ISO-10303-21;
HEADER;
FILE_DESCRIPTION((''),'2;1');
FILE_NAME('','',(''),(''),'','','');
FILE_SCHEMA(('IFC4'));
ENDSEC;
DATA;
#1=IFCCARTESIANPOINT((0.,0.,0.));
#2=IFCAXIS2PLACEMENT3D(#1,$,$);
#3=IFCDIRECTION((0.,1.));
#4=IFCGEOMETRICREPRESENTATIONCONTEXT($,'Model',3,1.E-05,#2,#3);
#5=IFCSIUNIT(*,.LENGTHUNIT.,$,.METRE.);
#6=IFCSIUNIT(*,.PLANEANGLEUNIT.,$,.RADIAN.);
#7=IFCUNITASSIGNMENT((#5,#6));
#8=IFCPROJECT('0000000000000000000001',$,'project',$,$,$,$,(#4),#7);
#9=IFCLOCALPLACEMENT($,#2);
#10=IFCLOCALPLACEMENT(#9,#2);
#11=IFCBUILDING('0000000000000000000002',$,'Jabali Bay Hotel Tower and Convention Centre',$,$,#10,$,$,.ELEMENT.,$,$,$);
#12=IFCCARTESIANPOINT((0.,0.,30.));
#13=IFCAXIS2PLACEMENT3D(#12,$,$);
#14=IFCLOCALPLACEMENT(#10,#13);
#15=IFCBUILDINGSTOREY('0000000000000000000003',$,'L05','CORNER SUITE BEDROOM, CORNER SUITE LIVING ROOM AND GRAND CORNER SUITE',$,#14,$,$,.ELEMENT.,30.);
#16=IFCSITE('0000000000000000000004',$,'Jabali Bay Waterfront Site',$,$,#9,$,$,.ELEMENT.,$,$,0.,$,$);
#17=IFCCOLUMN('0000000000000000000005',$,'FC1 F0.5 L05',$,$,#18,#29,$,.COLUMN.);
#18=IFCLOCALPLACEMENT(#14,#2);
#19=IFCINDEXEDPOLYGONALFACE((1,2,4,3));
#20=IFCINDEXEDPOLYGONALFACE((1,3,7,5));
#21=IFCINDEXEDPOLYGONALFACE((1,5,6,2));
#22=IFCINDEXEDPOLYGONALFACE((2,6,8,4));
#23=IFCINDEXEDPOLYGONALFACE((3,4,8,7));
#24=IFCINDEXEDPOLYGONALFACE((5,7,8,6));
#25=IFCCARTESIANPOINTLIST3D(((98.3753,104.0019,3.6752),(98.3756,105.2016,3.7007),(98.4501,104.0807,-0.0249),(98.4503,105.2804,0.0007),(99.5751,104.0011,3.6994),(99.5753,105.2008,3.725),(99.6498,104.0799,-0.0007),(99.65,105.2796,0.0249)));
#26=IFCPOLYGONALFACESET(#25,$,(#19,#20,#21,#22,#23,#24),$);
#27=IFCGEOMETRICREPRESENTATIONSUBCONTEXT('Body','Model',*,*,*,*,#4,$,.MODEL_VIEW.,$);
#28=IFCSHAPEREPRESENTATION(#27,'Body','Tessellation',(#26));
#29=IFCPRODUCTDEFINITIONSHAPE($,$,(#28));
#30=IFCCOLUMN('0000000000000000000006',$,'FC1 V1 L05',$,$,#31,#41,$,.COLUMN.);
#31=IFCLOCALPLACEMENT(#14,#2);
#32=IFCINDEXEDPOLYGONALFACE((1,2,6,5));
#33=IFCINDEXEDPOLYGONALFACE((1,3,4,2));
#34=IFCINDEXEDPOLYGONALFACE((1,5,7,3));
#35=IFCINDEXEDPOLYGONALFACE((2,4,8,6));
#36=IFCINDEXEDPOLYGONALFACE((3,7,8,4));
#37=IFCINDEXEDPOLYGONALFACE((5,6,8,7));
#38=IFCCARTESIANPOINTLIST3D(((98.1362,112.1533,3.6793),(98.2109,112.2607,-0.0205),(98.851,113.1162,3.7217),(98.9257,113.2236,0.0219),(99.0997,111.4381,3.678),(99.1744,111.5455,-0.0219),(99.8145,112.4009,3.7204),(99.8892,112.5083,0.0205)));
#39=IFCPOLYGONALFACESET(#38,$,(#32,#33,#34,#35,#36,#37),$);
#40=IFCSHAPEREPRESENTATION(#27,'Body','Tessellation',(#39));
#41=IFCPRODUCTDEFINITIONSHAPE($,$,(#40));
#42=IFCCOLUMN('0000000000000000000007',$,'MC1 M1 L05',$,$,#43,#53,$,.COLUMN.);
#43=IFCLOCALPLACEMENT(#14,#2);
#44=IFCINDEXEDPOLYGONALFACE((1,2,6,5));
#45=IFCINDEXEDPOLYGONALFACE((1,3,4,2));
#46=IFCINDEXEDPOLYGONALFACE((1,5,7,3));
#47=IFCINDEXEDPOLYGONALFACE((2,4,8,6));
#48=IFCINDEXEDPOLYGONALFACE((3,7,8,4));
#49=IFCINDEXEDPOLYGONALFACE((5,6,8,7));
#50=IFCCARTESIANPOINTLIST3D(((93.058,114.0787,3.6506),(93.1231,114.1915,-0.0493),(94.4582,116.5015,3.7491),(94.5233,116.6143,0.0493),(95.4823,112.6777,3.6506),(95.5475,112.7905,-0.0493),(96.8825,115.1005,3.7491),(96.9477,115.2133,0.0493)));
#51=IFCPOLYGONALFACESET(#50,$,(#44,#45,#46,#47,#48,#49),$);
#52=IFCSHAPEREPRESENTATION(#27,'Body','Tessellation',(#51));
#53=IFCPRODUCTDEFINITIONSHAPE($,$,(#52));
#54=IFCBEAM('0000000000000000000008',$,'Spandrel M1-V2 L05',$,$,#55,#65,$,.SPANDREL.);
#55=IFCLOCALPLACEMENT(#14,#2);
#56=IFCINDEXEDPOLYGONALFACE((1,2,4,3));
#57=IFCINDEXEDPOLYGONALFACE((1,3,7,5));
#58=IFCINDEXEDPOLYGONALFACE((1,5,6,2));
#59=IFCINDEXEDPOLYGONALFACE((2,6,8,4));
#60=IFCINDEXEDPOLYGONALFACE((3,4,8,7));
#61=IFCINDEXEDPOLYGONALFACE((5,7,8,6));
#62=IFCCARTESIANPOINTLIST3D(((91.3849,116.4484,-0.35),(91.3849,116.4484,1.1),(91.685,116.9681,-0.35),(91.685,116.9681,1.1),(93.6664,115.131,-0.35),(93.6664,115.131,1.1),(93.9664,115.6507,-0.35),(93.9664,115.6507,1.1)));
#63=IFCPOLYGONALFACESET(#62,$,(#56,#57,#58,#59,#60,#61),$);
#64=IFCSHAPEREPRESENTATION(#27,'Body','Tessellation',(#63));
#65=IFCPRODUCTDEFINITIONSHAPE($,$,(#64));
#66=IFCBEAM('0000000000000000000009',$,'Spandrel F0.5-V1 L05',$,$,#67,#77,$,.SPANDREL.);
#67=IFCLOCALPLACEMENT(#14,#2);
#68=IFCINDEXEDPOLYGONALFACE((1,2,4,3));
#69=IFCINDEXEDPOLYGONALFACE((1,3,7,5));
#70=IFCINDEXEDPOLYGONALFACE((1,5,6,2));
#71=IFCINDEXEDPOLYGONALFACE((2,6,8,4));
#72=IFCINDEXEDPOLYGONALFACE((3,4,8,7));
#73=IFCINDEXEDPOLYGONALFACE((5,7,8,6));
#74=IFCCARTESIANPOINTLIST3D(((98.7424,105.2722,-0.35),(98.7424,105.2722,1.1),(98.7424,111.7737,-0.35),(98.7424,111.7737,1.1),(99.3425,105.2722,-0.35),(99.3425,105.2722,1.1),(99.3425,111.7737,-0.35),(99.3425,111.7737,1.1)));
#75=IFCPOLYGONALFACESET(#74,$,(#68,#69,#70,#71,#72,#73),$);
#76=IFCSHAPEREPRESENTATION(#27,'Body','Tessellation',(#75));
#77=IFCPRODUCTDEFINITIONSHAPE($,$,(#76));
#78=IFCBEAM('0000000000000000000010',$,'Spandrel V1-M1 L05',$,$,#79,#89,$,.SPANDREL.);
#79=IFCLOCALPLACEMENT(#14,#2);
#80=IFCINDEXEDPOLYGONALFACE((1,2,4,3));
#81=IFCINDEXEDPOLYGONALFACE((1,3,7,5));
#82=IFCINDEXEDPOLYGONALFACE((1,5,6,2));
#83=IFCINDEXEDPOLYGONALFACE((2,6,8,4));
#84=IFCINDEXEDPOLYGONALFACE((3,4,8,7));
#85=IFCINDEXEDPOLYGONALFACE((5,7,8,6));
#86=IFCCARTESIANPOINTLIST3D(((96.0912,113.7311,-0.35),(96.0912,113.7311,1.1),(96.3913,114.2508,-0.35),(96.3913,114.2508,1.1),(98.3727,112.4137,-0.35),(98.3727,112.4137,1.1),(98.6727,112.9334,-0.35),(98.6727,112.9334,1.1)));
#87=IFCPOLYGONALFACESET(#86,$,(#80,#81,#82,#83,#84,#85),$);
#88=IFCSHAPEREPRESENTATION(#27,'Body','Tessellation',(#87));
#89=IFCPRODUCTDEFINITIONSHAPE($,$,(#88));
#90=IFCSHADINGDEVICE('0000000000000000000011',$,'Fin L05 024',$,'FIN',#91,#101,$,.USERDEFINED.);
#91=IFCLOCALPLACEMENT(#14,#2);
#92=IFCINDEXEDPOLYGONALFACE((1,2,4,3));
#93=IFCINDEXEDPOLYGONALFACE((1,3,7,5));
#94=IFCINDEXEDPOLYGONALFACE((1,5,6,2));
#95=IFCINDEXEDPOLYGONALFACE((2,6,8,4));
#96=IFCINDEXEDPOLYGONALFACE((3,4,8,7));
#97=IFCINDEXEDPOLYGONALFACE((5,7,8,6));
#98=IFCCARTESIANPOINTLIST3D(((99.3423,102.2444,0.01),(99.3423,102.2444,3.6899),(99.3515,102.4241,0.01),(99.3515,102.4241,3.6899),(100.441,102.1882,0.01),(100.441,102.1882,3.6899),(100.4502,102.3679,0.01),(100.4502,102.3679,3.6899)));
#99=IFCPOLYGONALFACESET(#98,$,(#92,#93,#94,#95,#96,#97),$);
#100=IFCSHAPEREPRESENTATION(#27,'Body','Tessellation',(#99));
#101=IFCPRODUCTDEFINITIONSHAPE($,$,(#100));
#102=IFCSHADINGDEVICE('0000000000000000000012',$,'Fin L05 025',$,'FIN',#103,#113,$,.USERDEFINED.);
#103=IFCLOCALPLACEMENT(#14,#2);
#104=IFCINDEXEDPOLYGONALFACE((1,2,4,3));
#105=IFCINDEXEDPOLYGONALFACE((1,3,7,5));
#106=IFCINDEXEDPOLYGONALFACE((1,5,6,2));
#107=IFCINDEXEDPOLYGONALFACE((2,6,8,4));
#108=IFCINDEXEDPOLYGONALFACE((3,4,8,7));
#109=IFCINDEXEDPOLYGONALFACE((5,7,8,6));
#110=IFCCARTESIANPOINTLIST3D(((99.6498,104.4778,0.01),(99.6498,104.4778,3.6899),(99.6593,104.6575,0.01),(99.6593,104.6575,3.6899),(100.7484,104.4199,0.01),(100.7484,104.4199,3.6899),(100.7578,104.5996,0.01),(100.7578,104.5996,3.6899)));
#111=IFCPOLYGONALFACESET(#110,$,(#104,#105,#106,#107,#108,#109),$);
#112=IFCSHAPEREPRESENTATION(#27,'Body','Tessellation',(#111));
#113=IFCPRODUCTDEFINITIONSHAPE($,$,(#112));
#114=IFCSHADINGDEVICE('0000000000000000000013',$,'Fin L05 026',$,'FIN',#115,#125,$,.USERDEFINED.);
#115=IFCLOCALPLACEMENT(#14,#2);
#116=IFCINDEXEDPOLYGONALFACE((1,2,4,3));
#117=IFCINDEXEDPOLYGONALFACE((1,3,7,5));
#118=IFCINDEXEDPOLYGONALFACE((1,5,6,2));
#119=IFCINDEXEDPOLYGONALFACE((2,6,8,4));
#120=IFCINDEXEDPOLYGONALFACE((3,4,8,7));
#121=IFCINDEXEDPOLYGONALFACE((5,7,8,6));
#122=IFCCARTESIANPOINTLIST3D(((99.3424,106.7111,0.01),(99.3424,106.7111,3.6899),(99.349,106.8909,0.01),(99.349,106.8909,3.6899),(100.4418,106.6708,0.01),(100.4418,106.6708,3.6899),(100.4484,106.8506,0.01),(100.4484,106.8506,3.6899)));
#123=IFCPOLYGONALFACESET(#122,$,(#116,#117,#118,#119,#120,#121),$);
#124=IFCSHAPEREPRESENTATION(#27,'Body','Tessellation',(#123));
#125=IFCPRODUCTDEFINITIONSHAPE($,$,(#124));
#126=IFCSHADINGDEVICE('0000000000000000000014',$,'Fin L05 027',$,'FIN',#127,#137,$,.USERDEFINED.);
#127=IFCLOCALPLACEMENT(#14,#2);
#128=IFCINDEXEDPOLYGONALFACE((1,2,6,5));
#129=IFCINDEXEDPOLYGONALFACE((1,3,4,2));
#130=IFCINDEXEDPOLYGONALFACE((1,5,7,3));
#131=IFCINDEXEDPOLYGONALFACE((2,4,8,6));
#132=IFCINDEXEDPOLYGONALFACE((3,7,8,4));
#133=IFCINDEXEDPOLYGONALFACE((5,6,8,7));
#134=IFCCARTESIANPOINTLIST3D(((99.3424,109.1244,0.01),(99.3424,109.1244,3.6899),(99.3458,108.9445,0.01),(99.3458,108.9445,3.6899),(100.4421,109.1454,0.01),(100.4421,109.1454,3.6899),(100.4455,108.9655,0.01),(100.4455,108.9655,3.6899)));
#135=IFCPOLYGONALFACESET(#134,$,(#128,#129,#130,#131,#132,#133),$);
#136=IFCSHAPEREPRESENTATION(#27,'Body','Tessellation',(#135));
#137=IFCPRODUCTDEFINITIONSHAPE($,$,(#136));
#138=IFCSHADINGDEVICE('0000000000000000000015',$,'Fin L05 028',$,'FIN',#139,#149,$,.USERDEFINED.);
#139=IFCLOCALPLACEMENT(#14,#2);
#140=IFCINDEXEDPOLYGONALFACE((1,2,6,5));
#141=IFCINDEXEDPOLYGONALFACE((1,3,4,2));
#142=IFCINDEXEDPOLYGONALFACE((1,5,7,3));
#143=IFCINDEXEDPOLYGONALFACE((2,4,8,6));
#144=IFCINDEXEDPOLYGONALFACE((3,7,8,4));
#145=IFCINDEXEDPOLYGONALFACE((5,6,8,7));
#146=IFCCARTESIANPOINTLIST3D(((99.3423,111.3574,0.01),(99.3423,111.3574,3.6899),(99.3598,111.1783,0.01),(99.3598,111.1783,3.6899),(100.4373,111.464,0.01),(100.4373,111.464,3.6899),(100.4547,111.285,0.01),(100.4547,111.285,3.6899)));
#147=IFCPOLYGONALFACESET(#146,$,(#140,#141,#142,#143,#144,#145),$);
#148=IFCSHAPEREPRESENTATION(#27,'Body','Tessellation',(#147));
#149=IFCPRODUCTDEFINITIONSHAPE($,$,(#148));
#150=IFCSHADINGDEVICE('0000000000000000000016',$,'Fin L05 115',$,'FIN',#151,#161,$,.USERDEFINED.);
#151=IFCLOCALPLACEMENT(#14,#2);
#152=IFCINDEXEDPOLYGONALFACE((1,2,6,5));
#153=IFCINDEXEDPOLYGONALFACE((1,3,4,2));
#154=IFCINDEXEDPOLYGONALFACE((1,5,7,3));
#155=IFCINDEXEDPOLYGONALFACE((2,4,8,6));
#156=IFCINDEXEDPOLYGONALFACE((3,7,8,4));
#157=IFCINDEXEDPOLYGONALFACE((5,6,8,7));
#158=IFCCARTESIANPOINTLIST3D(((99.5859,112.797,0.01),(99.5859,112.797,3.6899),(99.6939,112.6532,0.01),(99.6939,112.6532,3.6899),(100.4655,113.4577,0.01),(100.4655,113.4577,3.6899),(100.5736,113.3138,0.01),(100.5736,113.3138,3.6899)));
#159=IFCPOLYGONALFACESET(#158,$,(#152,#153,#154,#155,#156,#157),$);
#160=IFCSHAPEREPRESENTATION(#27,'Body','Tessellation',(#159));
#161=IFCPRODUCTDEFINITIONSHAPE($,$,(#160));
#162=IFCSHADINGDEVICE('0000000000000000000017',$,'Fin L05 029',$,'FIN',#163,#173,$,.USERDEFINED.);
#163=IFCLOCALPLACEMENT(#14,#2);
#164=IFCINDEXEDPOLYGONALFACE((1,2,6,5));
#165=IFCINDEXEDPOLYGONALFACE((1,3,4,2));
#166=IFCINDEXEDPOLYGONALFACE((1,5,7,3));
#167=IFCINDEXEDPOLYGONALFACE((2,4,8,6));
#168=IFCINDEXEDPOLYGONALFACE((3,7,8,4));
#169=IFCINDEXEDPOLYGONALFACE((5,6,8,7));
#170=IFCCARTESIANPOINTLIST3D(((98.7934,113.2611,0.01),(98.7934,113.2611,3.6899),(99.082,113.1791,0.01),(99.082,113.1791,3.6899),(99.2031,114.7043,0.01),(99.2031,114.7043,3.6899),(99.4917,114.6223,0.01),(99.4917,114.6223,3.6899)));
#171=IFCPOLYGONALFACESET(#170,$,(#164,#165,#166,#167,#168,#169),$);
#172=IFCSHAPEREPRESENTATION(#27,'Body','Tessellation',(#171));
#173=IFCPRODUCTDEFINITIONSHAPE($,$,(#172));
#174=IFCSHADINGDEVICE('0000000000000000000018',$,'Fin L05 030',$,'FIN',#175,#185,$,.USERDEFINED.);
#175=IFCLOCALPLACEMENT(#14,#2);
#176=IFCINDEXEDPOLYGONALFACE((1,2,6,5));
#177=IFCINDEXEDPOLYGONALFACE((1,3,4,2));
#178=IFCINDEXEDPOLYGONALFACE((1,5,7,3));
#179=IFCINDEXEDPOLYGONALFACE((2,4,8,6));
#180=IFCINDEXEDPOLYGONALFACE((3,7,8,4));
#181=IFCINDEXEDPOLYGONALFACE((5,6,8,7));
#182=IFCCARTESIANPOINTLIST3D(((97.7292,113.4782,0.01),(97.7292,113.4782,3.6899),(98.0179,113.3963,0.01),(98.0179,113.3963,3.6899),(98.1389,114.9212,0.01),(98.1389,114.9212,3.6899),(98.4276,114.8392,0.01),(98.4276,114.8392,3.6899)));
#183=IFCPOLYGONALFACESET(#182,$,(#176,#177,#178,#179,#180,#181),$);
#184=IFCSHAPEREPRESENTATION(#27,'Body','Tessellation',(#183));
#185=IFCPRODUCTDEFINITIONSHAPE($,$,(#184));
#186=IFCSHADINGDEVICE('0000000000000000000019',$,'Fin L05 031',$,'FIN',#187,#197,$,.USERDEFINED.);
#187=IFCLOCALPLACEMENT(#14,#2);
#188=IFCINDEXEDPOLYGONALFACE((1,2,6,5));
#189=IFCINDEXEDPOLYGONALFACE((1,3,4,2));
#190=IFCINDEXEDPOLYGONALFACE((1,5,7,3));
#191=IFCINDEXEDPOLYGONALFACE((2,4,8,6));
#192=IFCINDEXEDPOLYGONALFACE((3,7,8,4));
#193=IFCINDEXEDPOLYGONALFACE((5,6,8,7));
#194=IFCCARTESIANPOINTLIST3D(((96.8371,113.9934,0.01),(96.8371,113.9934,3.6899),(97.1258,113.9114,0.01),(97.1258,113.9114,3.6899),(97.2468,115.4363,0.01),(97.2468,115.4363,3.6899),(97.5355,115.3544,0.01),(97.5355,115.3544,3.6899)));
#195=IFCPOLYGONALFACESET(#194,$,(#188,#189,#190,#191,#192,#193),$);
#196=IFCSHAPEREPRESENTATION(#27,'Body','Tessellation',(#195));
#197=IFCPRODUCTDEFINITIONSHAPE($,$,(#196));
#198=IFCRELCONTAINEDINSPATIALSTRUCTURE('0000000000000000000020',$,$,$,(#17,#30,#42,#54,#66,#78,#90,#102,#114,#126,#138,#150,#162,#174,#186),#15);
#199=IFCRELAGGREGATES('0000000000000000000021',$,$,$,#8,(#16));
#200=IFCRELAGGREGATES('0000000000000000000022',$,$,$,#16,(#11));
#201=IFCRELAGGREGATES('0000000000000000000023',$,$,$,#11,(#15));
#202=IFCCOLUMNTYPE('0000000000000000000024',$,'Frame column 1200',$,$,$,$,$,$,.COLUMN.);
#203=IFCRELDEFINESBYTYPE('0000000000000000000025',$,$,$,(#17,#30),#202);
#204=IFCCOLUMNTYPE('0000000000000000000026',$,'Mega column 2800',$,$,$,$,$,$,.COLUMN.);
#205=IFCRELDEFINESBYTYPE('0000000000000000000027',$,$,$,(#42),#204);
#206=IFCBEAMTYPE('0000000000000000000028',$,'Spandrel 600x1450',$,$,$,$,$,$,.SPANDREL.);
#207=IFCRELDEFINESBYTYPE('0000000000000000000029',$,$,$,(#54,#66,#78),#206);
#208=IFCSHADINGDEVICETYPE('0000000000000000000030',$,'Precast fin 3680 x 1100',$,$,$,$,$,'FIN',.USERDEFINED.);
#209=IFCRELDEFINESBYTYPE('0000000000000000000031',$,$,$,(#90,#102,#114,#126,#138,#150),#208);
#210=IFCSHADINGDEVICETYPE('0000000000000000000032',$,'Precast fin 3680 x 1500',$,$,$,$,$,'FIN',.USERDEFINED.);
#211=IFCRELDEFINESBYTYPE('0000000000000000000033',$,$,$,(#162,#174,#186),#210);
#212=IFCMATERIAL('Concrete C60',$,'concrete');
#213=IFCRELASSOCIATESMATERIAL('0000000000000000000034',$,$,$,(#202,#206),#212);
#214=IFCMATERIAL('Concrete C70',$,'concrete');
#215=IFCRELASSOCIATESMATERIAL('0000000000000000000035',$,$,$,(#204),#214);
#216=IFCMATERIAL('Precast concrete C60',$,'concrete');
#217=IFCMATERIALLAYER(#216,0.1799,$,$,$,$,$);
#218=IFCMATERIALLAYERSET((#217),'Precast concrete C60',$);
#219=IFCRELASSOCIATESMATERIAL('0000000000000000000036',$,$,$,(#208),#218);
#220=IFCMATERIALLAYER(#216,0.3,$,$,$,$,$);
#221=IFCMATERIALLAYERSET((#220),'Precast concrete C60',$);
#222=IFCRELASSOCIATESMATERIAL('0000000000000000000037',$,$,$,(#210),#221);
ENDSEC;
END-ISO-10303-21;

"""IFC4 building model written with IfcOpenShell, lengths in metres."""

from ifc_helpers import new_model, si_unit, direction, frame, frame_2d, origin, origin_2d, place, context, subcontext, project, spatial, rectangle, extrude, material, layer, layer_set, material_profile, profile_set, type_object, element, save


model = new_model("IFC4")

# Units and contexts
model_context = context("Model", 3, precision=1e-05, world=origin(), true_north=direction((0.0, 1.0)))
body_context = subcontext(model_context, "Body", "Model", "MODEL_VIEW")
ifc_project = project(units=[si_unit("LENGTHUNIT", "METRE"), si_unit("PLANEANGLEUNIT", "RADIAN")], contexts=[model_context])

# Site, building, storey
site_placement = place(None, origin())
site = spatial("IfcSite", under=ifc_project, at=site_placement, Name="Jabali Bay Waterfront Site", CompositionType="ELEMENT", RefElevation=0.0)
building_placement = place(site_placement, origin())
building = spatial("IfcBuilding", under=site, at=building_placement, Name="Jabali Bay Hotel Tower and Convention Centre", CompositionType="ELEMENT")
storey_placement = place(building_placement, frame((0.0, 0.0, 30.0)))
storey = spatial("IfcBuildingStorey", under=building, at=storey_placement, Name="L05", Description="CORNER SUITE BEDROOM, CORNER SUITE LIVING ROOM AND GRAND CORNER SUITE", CompositionType="ELEMENT", Elevation=30.0)

# Columns
ifc_material_1 = material(Name="Concrete C60", Category="concrete")
ifc_material_profile_1 = material_profile(ifc_material_1, rectangle(XDim=1.2, YDim=1.2, at=origin_2d()), Name="Frame column 1200")
ifc_profile_set_1 = profile_set([ifc_material_profile_1], Name="Concrete C60")
column_type_1 = type_object("IfcColumnType", Name="Frame column 1200", PredefinedType="COLUMN", material=ifc_profile_set_1)
column_1_placement = place(storey_placement, frame((99.05, 104.6802, 0.0), z_axis=(-0.020183, -0.021304, 0.999569), x_axis=(0.999796, -0.000658, 0.020173)))
element("IfcColumn", 1, at=column_1_placement, inside=storey, type_object=column_type_1, Name="FC1 F0.5 L05", PredefinedType="COLUMN", context=body_context, shape_type="SweptSolid", body=[
    extrude(rectangle(XDim=1.2, YDim=1.2, at=origin_2d()), origin(), (0.0, 0.0, 1.0), 3.7017),
])
column_2_placement = place(storey_placement, frame((99.05, 112.3845, 0.0), z_axis=(-0.020179, -0.029015, 0.999375), x_axis=(0.59573, 0.802407, 0.035325)))
element("IfcColumn", 2, at=column_2_placement, inside=storey, type_object=column_type_1, Name="FC1 V1 L05", PredefinedType="COLUMN", context=body_context, shape_type="SweptSolid", body=[
    extrude(rectangle(XDim=1.2, YDim=1.2, at=origin_2d()), origin(), (0.0, 0.0, 1.0), 3.7021),
])
ifc_material_2 = material(Name="Concrete C70", Category="concrete")
ifc_material_profile_2 = material_profile(ifc_material_2, rectangle(XDim=2.8, YDim=2.8, at=origin_2d()), Name="Mega column 2800")
ifc_profile_set_2 = profile_set([ifc_material_profile_2], Name="Concrete C70")
column_type_2 = type_object("IfcColumnType", Name="Mega column 2800", PredefinedType="COLUMN", material=ifc_profile_set_2)
column_3_placement = place(storey_placement, frame((95.0354, 114.7024, 0.0), z_axis=(-0.017607, -0.030466, 0.999381), x_axis=(0.500065, 0.865273, 0.035188)))
element("IfcColumn", 3, at=column_3_placement, inside=storey, type_object=column_type_2, Name="MC1 M1 L05", PredefinedType="COLUMN", context=body_context, shape_type="SweptSolid", body=[
    extrude(rectangle(XDim=2.8, YDim=2.8, at=origin_2d()), origin(), (0.0, 0.0, 1.0), 3.7021),
])

# Beams
ifc_material_profile_3 = material_profile(ifc_material_1, rectangle(XDim=0.6001, YDim=1.45, at=origin_2d()), Name="Spandrel 600x1450")
ifc_profile_set_3 = profile_set([ifc_material_profile_3], Name="Concrete C60")
beam_type = type_object("IfcBeamType", Name="Spandrel 600x1450", PredefinedType="SPANDREL", material=ifc_profile_set_3)
beam_1_placement = place(storey_placement, frame((93.8164, 115.3909, 0.375), z_axis=(-0.865999, 0.500046, 0.0), x_axis=(-0.500046, -0.865999, 0.0)))
element("IfcBeam", 4, at=beam_1_placement, inside=storey, type_object=beam_type, Name="Spandrel M1-V2 L05", PredefinedType="SPANDREL", context=body_context, shape_type="SweptSolid", body=[
    extrude(rectangle(XDim=0.6001, YDim=1.45, at=origin_2d()), origin(), (0.0, 0.0, 1.0), 2.6345),
])
beam_2_placement = place(storey_placement, frame((99.0425, 105.2722, 0.375), z_axis=(0.0, 1.0, 0.0), x_axis=(-1.0, 0.0, 0.0)))
element("IfcBeam", 5, at=beam_2_placement, inside=storey, type_object=beam_type, Name="Spandrel F0.5-V1 L05", PredefinedType="SPANDREL", context=body_context, shape_type="SweptSolid", body=[
    extrude(rectangle(XDim=0.6001, YDim=1.45, at=origin_2d()), origin(), (0.0, 0.0, 1.0), 6.5015),
])
beam_3_placement = place(storey_placement, frame((98.5227, 112.6736, 0.375), z_axis=(-0.865999, 0.500046, 0.0), x_axis=(-0.500046, -0.865999, 0.0)))
element("IfcBeam", 6, at=beam_3_placement, inside=storey, type_object=beam_type, Name="Spandrel V1-M1 L05", PredefinedType="SPANDREL", context=body_context, shape_type="SweptSolid", body=[
    extrude(rectangle(XDim=0.6001, YDim=1.45, at=origin_2d()), origin(), (0.0, 0.0, 1.0), 2.6345),
])

# Shading devices
ifc_material_3 = material(Name="Precast concrete C60", Category="concrete")
ifc_layer_1 = layer(ifc_material_3, 0.1799)
ifc_layer_set_1 = layer_set([ifc_layer_1], Name="Precast concrete C60")
shading_device_type_1 = type_object("IfcShadingDeviceType", Name="Precast fin 3680 x 1100", ElementType="FIN", PredefinedType="USERDEFINED", material=ifc_layer_set_1)
for number, where, z_axis, x_axis, name in (
    (7, (99.3469, 102.3342, 0.01), (0.0, 0.0, 1.0), (0.998696, -0.051044, 0.0), "Fin L05 024"),
    (8, (99.6545, 104.5676, 0.01), (0.0, 0.0, 1.0), (0.998616, -0.052594, 0.0), "Fin L05 025"),
    (9, (99.3457, 106.801, 0.01), (0.0, 0.0, 1.0), (0.999329, -0.036618, 0.0), "Fin L05 026"),
):
    element("IfcShadingDevice", number, at=place(storey_placement, frame(where, z_axis=z_axis, x_axis=x_axis)), inside=storey, type_object=shading_device_type_1, Name=name, ObjectType="FIN", PredefinedType="USERDEFINED", context=body_context, shape_type="SweptSolid", body=[
        extrude(rectangle(XDim=1.1001, YDim=0.1799, at=frame_2d((0.55, 0.0))), origin(), (0.0, 0.0, 1.0), 3.6799),
    ])
shading_device_1_placement = place(storey_placement, frame((99.3442, 109.0344, 0.01), z_axis=(0.0, 0.0, 1.0), x_axis=(0.999818, 0.019091, 0.0)))
element("IfcShadingDevice", 10, at=shading_device_1_placement, inside=storey, type_object=shading_device_type_1, Name="Fin L05 027", ObjectType="FIN", PredefinedType="USERDEFINED", context=body_context, shape_type="SweptSolid", body=[
    extrude(rectangle(XDim=1.0999, YDim=0.1799, at=frame_2d((0.5498, 0.0))), origin(), (0.0, 0.0, 1.0), 3.6799),
])
for number, where, z_axis, x_axis, name in (
    (11, (99.3511, 111.2678, 0.01), (0.0, 0.0, 1.0), (0.995287, 0.096977, 0.0), "Fin L05 028"),
    (12, (99.6399, 112.7251, 0.01), (0.0, 0.0, 1.0), (0.7996, 0.600532, 0.0), "Fin L05 115"),
):
    element("IfcShadingDevice", number, at=place(storey_placement, frame(where, z_axis=z_axis, x_axis=x_axis)), inside=storey, type_object=shading_device_type_1, Name=name, ObjectType="FIN", PredefinedType="USERDEFINED", context=body_context, shape_type="SweptSolid", body=[
        extrude(rectangle(XDim=1.1001, YDim=0.1799, at=frame_2d((0.55, 0.0))), origin(), (0.0, 0.0, 1.0), 3.6799),
    ])
ifc_layer_2 = layer(ifc_material_3, 0.3)
ifc_layer_set_2 = layer_set([ifc_layer_2], Name="Precast concrete C60")
shading_device_type_2 = type_object("IfcShadingDeviceType", Name="Precast fin 3680 x 1500", ElementType="FIN", PredefinedType="USERDEFINED", material=ifc_layer_set_2)
shading_device_2_placement = place(storey_placement, frame((98.9377, 113.2202, 0.01), z_axis=(0.0, 0.0, 1.0), x_axis=(0.273087, 0.961989, 0.0)))
element("IfcShadingDevice", 13, at=shading_device_2_placement, inside=storey, type_object=shading_device_type_2, Name="Fin L05 029", ObjectType="FIN", PredefinedType="USERDEFINED", context=body_context, shape_type="SweptSolid", body=[
    extrude(rectangle(XDim=1.5002, YDim=0.3, at=frame_2d((0.75, 0.0))), origin(), (0.0, 0.0, 1.0), 3.6799),
])
for number, where, z_axis, x_axis, name in (
    (14, (97.8735, 113.4373, 0.01), (0.0, 0.0, 1.0), (0.27313, 0.961977, 0.0), "Fin L05 030"),
    (15, (96.9814, 113.9524, 0.01), (0.0, 0.0, 1.0), (0.27313, 0.961977, 0.0), "Fin L05 031"),
):
    element("IfcShadingDevice", number, at=place(storey_placement, frame(where, z_axis=z_axis, x_axis=x_axis)), inside=storey, type_object=shading_device_type_2, Name=name, ObjectType="FIN", PredefinedType="USERDEFINED", context=body_context, shape_type="SweptSolid", body=[
        extrude(rectangle(XDim=1.5, YDim=0.3, at=frame_2d((0.75, 0.0))), origin(), (0.0, 0.0, 1.0), 3.6799),
    ])

save(model, "model.ifc")
